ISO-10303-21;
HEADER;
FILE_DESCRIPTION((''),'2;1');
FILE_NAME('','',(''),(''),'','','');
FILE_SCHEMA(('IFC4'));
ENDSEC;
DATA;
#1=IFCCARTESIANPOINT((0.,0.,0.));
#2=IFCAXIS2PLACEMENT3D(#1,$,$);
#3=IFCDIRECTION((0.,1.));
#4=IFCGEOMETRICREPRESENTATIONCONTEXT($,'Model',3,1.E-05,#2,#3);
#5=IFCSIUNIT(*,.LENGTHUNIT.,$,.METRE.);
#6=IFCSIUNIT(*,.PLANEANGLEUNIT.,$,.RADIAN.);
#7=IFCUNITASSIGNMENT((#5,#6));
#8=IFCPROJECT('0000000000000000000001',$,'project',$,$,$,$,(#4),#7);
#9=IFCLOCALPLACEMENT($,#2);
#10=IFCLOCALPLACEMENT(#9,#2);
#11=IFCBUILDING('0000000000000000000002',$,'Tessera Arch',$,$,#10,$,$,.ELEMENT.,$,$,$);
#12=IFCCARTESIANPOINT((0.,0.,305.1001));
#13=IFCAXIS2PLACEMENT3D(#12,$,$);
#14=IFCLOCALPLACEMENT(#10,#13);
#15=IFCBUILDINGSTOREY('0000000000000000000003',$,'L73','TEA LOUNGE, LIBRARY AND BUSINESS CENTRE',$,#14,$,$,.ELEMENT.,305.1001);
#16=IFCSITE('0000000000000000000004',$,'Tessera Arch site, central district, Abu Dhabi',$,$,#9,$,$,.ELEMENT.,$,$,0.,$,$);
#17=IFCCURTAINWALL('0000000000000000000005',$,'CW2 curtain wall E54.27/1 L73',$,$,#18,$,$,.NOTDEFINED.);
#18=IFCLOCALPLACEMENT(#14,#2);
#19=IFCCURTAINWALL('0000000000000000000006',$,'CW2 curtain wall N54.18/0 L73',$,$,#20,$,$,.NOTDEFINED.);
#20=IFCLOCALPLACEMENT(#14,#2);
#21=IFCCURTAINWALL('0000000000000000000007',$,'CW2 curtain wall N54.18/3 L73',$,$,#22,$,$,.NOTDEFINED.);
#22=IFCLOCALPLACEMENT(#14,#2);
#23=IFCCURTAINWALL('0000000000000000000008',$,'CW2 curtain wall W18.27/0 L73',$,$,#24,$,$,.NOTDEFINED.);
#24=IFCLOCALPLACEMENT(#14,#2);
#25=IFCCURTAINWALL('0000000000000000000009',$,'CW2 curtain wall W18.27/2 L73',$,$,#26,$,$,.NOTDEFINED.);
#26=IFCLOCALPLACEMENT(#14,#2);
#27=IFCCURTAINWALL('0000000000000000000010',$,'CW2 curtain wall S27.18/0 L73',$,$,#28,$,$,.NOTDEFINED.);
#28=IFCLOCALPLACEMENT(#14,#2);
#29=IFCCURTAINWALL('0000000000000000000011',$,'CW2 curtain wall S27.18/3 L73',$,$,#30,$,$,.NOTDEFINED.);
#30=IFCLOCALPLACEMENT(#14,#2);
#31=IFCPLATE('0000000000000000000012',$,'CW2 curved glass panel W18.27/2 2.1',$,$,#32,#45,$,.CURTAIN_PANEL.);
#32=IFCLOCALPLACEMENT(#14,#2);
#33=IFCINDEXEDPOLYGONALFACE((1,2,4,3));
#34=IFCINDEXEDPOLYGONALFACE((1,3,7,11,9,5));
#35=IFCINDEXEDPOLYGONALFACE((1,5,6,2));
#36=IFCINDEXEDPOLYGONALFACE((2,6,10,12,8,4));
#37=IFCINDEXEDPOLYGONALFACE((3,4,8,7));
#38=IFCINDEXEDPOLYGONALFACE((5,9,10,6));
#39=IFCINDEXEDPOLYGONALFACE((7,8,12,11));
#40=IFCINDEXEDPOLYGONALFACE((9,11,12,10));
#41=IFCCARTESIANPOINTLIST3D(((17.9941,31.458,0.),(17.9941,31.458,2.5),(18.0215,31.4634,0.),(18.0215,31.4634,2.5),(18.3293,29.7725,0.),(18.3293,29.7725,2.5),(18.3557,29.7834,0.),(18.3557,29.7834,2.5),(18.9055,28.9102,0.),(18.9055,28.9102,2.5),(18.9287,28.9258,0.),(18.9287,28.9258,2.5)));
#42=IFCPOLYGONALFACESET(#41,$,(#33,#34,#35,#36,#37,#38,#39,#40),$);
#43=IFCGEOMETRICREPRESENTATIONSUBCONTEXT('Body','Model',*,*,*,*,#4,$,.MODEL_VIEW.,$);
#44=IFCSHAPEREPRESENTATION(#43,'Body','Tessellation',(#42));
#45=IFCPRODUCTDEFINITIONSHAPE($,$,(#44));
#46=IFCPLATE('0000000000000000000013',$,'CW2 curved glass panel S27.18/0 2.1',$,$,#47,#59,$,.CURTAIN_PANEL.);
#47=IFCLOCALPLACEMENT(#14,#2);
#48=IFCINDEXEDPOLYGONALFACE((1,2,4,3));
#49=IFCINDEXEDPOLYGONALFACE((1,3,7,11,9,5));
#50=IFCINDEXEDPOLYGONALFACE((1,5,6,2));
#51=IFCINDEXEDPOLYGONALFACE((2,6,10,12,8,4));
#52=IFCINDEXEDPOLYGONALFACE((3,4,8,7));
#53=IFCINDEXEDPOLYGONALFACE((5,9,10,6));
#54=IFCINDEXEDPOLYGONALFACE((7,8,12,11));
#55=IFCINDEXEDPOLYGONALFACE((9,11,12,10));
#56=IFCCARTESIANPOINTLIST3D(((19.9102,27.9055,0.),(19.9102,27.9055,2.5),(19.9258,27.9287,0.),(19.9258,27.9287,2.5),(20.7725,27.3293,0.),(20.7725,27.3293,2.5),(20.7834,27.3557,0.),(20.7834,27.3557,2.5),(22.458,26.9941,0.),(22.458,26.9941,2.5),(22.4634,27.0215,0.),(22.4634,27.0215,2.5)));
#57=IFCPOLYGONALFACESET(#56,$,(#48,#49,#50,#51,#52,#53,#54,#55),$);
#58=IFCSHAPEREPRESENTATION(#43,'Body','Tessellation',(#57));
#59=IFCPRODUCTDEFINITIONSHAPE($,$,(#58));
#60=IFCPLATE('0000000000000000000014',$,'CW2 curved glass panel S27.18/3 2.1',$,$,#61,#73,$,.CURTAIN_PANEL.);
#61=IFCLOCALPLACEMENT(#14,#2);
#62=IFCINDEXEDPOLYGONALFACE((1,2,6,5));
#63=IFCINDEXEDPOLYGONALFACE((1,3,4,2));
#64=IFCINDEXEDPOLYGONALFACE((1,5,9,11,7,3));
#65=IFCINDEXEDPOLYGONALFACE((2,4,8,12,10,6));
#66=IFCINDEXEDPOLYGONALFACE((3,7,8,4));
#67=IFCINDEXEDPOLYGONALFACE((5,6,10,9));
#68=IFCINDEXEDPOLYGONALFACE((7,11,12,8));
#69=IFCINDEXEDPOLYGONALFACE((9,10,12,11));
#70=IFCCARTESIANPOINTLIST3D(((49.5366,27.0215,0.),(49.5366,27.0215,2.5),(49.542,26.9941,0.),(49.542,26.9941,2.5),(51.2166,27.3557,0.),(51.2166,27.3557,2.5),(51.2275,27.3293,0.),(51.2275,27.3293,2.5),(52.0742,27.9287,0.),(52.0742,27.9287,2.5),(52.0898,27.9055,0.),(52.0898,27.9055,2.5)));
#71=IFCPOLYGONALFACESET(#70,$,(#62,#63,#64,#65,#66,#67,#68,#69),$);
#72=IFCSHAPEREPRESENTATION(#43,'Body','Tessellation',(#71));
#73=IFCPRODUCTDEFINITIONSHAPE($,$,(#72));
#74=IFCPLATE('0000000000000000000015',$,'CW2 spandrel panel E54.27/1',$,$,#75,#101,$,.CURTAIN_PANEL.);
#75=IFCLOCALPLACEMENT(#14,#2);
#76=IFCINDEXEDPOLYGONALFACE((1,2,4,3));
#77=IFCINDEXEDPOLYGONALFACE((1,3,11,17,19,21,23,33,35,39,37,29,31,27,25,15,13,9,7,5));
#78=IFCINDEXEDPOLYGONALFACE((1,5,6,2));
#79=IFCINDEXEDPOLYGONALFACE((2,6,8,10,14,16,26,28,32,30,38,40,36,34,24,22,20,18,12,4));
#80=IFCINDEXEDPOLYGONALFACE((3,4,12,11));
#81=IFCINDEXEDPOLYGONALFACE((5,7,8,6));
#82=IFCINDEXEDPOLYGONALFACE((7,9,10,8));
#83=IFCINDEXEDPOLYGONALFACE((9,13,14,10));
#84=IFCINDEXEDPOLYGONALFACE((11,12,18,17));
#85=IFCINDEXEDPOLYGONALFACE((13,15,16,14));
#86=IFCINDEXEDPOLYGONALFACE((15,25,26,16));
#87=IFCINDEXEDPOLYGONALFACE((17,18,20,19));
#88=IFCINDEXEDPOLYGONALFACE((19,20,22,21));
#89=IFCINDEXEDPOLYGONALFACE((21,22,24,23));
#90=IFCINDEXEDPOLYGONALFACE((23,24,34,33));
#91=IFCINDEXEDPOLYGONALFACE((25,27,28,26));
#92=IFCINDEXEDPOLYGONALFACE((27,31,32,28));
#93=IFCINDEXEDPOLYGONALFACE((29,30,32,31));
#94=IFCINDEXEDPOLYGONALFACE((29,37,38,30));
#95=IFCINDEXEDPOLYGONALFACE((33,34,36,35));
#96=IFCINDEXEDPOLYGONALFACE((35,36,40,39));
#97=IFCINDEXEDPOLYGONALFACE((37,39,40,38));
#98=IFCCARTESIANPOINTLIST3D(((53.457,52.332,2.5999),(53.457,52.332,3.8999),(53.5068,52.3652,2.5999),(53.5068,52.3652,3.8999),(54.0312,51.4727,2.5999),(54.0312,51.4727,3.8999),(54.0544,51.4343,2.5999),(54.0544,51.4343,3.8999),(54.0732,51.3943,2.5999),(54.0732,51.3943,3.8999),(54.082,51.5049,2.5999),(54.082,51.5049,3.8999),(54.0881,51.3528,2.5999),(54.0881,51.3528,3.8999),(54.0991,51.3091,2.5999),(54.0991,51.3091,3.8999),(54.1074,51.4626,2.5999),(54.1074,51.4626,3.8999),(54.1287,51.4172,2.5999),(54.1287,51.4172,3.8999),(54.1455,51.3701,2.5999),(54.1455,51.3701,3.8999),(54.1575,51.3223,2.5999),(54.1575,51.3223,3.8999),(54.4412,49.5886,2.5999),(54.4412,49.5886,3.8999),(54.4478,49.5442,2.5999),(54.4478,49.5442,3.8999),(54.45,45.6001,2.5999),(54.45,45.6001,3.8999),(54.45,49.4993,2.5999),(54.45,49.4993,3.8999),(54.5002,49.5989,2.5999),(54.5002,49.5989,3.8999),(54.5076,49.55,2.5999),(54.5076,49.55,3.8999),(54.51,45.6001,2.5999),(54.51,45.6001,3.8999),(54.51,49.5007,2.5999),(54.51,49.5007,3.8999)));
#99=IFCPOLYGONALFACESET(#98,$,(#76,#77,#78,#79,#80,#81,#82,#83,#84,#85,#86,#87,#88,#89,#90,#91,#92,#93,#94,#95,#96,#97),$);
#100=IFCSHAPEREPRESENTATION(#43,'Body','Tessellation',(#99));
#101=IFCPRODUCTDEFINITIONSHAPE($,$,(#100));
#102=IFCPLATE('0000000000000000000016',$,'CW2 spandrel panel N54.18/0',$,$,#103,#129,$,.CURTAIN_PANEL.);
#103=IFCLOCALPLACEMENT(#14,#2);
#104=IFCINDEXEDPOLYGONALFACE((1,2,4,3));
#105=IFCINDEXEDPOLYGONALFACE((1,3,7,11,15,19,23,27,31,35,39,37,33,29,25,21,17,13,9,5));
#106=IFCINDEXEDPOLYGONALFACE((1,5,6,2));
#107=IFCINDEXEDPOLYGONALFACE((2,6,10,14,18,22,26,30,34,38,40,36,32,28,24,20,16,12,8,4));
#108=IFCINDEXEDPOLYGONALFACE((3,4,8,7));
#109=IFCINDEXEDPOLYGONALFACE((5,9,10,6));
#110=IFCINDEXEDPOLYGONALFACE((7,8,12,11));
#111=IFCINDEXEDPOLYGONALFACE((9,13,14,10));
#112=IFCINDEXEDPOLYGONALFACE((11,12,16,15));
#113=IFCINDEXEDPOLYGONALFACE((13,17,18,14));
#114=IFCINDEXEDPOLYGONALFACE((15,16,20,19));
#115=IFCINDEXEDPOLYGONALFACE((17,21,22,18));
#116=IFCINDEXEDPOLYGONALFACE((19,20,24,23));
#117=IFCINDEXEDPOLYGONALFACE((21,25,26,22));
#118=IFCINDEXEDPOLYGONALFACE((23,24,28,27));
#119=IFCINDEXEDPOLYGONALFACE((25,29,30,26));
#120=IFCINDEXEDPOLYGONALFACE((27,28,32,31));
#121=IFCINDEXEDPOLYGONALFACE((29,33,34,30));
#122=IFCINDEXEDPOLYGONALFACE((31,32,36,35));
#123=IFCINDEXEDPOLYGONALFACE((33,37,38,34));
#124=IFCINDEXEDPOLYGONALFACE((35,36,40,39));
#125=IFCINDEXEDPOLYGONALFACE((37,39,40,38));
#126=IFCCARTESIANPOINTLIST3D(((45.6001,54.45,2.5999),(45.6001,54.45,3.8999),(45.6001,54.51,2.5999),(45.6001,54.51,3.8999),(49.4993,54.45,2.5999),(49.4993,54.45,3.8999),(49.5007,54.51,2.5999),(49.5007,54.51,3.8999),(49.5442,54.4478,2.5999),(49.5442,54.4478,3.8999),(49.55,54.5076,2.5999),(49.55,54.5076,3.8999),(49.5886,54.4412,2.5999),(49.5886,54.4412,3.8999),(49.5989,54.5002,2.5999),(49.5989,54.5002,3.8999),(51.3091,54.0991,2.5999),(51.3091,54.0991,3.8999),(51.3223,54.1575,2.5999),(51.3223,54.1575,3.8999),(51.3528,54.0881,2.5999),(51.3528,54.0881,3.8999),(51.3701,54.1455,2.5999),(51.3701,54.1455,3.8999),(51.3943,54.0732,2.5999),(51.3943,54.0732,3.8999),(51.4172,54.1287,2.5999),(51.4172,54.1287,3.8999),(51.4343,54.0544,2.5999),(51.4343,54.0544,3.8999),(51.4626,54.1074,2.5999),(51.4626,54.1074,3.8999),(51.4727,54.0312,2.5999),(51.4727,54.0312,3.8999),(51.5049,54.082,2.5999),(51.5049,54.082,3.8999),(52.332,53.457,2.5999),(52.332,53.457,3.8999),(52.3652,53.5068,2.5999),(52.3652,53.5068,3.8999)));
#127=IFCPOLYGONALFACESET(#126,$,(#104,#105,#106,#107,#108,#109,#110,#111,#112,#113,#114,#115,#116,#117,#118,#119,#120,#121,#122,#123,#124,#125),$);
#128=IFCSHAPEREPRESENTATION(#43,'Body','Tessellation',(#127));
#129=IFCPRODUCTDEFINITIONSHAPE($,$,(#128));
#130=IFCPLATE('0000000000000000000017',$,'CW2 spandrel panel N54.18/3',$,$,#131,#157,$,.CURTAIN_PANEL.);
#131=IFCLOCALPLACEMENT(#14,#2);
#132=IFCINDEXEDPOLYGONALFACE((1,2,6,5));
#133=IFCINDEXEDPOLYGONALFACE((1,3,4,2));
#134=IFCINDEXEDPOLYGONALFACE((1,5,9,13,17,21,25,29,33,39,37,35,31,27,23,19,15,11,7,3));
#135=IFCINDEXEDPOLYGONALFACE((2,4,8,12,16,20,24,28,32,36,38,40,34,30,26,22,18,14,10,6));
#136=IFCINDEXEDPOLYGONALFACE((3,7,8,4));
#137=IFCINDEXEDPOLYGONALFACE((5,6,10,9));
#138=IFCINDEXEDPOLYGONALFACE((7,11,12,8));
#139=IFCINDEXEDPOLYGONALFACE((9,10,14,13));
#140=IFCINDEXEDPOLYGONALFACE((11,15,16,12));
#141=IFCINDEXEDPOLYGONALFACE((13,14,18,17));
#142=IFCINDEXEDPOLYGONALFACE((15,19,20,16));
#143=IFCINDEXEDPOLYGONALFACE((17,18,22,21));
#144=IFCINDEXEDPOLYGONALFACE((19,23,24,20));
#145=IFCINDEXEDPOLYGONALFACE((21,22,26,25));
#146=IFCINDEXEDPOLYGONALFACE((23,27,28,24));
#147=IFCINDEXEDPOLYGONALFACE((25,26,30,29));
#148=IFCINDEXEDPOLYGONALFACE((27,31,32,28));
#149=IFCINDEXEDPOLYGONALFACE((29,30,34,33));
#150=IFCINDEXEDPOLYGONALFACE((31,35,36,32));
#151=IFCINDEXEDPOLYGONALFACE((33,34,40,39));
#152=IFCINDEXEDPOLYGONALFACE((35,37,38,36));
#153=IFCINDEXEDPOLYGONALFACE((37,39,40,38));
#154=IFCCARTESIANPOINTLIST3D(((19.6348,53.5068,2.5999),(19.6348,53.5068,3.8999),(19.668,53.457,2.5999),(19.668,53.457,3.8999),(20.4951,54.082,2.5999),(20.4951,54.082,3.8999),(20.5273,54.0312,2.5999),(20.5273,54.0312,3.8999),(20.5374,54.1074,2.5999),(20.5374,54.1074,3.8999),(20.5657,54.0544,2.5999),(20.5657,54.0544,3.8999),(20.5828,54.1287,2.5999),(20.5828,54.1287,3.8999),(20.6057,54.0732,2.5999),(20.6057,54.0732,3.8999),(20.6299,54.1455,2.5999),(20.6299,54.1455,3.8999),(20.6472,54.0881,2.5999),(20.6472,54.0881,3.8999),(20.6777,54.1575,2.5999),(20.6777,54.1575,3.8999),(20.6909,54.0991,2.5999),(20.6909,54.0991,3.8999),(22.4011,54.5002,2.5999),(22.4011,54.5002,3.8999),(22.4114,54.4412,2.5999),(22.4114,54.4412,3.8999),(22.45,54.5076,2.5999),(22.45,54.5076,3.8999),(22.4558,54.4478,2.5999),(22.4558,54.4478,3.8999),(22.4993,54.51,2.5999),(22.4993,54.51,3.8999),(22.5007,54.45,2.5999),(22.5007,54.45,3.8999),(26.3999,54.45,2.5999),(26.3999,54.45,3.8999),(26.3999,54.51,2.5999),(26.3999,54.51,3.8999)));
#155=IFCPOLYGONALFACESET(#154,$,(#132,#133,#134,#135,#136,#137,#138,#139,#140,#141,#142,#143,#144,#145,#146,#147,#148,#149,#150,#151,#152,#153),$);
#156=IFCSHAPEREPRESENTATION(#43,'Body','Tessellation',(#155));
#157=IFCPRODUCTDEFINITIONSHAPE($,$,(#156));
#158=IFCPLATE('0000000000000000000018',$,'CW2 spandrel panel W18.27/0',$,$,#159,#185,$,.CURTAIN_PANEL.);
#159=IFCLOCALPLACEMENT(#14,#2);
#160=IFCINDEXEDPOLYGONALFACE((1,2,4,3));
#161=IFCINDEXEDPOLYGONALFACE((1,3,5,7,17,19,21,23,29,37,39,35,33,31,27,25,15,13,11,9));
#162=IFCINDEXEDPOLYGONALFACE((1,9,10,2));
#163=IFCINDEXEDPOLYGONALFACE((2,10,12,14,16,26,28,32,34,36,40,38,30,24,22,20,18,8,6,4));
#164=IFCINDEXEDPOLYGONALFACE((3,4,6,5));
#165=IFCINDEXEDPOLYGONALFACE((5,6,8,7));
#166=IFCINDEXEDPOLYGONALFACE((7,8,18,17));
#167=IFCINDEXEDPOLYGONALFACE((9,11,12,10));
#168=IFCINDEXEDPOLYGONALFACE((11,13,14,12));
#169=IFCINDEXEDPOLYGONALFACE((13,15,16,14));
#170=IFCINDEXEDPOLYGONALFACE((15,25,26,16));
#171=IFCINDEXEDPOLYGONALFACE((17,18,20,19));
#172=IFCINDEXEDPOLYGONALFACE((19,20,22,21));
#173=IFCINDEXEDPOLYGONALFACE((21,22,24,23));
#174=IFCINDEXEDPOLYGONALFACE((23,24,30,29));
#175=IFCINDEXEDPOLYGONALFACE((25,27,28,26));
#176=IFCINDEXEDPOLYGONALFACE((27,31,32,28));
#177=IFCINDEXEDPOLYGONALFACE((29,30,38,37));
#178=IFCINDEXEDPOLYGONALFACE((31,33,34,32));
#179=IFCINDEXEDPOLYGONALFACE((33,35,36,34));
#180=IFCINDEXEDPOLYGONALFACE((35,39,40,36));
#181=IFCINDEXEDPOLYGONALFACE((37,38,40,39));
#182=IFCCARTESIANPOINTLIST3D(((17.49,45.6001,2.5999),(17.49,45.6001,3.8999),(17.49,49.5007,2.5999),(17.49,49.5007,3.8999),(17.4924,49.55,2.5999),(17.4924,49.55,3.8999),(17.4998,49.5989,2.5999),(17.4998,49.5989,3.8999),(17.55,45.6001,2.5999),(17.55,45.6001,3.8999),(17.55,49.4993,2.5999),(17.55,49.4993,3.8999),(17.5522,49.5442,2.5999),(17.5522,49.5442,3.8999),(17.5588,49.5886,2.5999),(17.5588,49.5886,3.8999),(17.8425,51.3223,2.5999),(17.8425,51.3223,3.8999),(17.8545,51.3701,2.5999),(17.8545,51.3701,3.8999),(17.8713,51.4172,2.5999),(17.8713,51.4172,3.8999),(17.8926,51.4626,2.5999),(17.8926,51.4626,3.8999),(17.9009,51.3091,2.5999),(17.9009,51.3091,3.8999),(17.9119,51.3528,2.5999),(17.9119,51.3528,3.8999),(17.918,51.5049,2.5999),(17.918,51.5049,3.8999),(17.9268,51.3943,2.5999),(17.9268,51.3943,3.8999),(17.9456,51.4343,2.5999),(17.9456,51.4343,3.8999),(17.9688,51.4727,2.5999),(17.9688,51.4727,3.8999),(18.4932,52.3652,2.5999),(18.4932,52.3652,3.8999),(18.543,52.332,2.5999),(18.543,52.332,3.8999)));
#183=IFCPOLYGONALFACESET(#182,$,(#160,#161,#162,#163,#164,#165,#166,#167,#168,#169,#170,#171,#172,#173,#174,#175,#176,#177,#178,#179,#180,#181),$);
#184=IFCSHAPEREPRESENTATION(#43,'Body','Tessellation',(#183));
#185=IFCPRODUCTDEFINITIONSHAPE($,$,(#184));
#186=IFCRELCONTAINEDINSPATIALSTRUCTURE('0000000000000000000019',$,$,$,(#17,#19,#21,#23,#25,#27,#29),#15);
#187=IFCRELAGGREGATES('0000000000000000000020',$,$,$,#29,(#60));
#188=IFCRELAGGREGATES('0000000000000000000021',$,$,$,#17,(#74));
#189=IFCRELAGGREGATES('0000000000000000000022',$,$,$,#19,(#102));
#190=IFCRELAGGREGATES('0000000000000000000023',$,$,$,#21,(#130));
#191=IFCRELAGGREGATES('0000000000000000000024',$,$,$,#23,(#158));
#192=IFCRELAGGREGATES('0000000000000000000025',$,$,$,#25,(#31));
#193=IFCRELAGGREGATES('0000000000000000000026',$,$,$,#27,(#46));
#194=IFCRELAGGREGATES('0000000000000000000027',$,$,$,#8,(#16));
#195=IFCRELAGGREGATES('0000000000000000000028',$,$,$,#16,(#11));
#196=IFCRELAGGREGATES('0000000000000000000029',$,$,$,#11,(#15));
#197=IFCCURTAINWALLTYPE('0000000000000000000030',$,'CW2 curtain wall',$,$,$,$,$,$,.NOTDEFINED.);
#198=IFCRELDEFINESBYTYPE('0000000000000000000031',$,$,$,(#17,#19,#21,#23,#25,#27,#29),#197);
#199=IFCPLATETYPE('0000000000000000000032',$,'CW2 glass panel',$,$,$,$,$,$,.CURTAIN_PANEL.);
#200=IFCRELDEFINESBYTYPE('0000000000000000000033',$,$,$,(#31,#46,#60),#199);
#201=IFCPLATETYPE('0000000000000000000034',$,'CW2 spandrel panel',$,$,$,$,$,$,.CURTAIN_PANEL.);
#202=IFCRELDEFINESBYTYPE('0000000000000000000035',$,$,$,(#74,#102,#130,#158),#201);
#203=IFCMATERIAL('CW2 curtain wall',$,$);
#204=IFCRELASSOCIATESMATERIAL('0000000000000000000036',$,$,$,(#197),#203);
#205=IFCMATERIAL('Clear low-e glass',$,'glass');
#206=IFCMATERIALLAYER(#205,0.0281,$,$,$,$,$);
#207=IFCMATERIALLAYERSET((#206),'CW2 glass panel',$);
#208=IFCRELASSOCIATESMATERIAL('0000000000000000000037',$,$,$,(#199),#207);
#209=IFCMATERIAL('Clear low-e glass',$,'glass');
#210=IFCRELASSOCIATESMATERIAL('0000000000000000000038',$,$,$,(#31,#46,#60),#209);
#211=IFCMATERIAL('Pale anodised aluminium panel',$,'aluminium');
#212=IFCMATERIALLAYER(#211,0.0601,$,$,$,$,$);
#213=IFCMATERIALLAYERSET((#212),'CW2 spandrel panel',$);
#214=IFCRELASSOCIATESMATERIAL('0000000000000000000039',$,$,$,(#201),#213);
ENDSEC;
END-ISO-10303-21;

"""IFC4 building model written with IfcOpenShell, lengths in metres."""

from ifc_helpers import new_model, si_unit, direction, frame, origin, place, context, subcontext, project, spatial, polyline, outline, extrude, material, layer, layer_set, type_object, element, aggregate, save


model = new_model("IFC4")

# Units and contexts
model_context = context("Model", 3, precision=1e-05, world=origin(), true_north=direction((0.0, 1.0)))
body_context = subcontext(model_context, "Body", "Model", "MODEL_VIEW")
ifc_project = project(units=[si_unit("LENGTHUNIT", "METRE"), si_unit("PLANEANGLEUNIT", "RADIAN")], contexts=[model_context])

# Site, building, storey
site_placement = place(None, origin())
site = spatial("IfcSite", under=ifc_project, at=site_placement, Name="Tessera Arch site, central district, Abu Dhabi", CompositionType="ELEMENT", RefElevation=0.0)
building_placement = place(site_placement, origin())
building = spatial("IfcBuilding", under=site, at=building_placement, Name="Tessera Arch", CompositionType="ELEMENT")
storey_placement = place(building_placement, frame((0.0, 0.0, 305.1001)))
storey = spatial("IfcBuildingStorey", under=building, at=storey_placement, Name="L73", Description="TEA LOUNGE, LIBRARY AND BUSINESS CENTRE", CompositionType="ELEMENT", Elevation=305.1001)

# Curtain walls
ifc_material_1 = material(Name="CW2 curtain wall")
curtain_wall_type = type_object("IfcCurtainWallType", Name="CW2 curtain wall", PredefinedType="NOTDEFINED", material=ifc_material_1)
curtain_wall_1_placement = place(storey_placement, origin())
curtain_wall_1 = element("IfcCurtainWall", 1, at=curtain_wall_1_placement, inside=storey, type_object=curtain_wall_type, Name="CW2 curtain wall E54.27/1 L73", PredefinedType="NOTDEFINED")
curtain_wall_2_placement = place(storey_placement, origin())
curtain_wall_2 = element("IfcCurtainWall", 2, at=curtain_wall_2_placement, inside=storey, type_object=curtain_wall_type, Name="CW2 curtain wall N54.18/0 L73", PredefinedType="NOTDEFINED")
curtain_wall_3_placement = place(storey_placement, origin())
curtain_wall_3 = element("IfcCurtainWall", 3, at=curtain_wall_3_placement, inside=storey, type_object=curtain_wall_type, Name="CW2 curtain wall N54.18/3 L73", PredefinedType="NOTDEFINED")
curtain_wall_4_placement = place(storey_placement, origin())
curtain_wall_4 = element("IfcCurtainWall", 4, at=curtain_wall_4_placement, inside=storey, type_object=curtain_wall_type, Name="CW2 curtain wall W18.27/0 L73", PredefinedType="NOTDEFINED")
curtain_wall_5_placement = place(storey_placement, origin())
curtain_wall_5 = element("IfcCurtainWall", 5, at=curtain_wall_5_placement, inside=storey, type_object=curtain_wall_type, Name="CW2 curtain wall W18.27/2 L73", PredefinedType="NOTDEFINED")
curtain_wall_6_placement = place(storey_placement, origin())
curtain_wall_6 = element("IfcCurtainWall", 6, at=curtain_wall_6_placement, inside=storey, type_object=curtain_wall_type, Name="CW2 curtain wall S27.18/0 L73", PredefinedType="NOTDEFINED")
curtain_wall_7_placement = place(storey_placement, origin())
curtain_wall_7 = element("IfcCurtainWall", 7, at=curtain_wall_7_placement, inside=storey, type_object=curtain_wall_type, Name="CW2 curtain wall S27.18/3 L73", PredefinedType="NOTDEFINED")

# Plates
ifc_material_2 = material(Name="Clear low-e glass", Category="glass")
ifc_material_3 = material(Name="Clear low-e glass", Category="glass")
ifc_layer_1 = layer(ifc_material_3, 0.0281)
ifc_layer_set_1 = layer_set([ifc_layer_1], Name="CW2 glass panel")
plate_type_1 = type_object("IfcPlateType", Name="CW2 glass panel", PredefinedType="CURTAIN_PANEL", material=ifc_layer_set_1)
plate_1_placement = place(storey_placement, origin())
plate_1 = element("IfcPlate", 8, at=plate_1_placement, type_object=plate_type_1, material=ifc_material_2, Name="CW2 curved glass panel W18.27/2 2.1", PredefinedType="CURTAIN_PANEL", context=body_context, shape_type="SweptSolid", body=[
    extrude(outline(polyline([(18.3557, 29.7834), (18.0215, 31.4634), (17.9941, 31.458), (18.3293, 29.7725), (18.9055, 28.9102), (18.9287, 28.9258), (18.3557, 29.7834)])), origin(), (0.0, 0.0, 1.0), 2.5),
])
plate_2_placement = place(storey_placement, origin())
plate_2 = element("IfcPlate", 9, at=plate_2_placement, type_object=plate_type_1, material=ifc_material_2, Name="CW2 curved glass panel S27.18/0 2.1", PredefinedType="CURTAIN_PANEL", context=body_context, shape_type="SweptSolid", body=[
    extrude(outline(polyline([(20.7834, 27.3557), (19.9258, 27.9287), (19.9102, 27.9055), (20.7725, 27.3293), (22.458, 26.9941), (22.4634, 27.0215), (20.7834, 27.3557)])), origin(), (0.0, 0.0, 1.0), 2.5),
])
plate_3_placement = place(storey_placement, origin())
plate_3 = element("IfcPlate", 10, at=plate_3_placement, type_object=plate_type_1, material=ifc_material_2, Name="CW2 curved glass panel S27.18/3 2.1", PredefinedType="CURTAIN_PANEL", context=body_context, shape_type="SweptSolid", body=[
    extrude(outline(polyline([(51.2166, 27.3557), (49.5366, 27.0215), (49.542, 26.9941), (51.2275, 27.3293), (52.0898, 27.9055), (52.0742, 27.9287), (51.2166, 27.3557)])), origin(), (0.0, 0.0, 1.0), 2.5),
])
aggregate(curtain_wall_7, [plate_3])
ifc_material_4 = material(Name="Pale anodised aluminium panel", Category="aluminium")
ifc_layer_2 = layer(ifc_material_4, 0.0601)
ifc_layer_set_2 = layer_set([ifc_layer_2], Name="CW2 spandrel panel")
plate_type_2 = type_object("IfcPlateType", Name="CW2 spandrel panel", PredefinedType="CURTAIN_PANEL", material=ifc_layer_set_2)
plate_4_placement = place(storey_placement, frame((0.0, 0.0, 2.5999)))
plate_4 = element("IfcPlate", 11, at=plate_4_placement, type_object=plate_type_2, Name="CW2 spandrel panel E54.27/1", PredefinedType="CURTAIN_PANEL", context=body_context, shape_type="SweptSolid", body=[
    extrude(outline(polyline([(54.45, 49.4993), (54.45, 45.6001), (54.51, 45.6001), (54.51, 49.5007), (54.5076, 49.55), (54.5002, 49.5989), (54.1575, 51.3223), (54.1455, 51.3701), (54.1287, 51.4172), (54.1074, 51.4626), (54.082, 51.5049), (53.5068, 52.3652), (53.457, 52.332), (54.0312, 51.4727), (54.0544, 51.4343), (54.0732, 51.3943), (54.0881, 51.3528), (54.0991, 51.3091), (54.4412, 49.5886), (54.4478, 49.5442), (54.45, 49.4993)])), origin(), (0.0, 0.0, 1.0), 1.3),
])
aggregate(curtain_wall_1, [plate_4])
plate_5_placement = place(storey_placement, frame((0.0, 0.0, 2.5999)))
plate_5 = element("IfcPlate", 12, at=plate_5_placement, type_object=plate_type_2, Name="CW2 spandrel panel N54.18/0", PredefinedType="CURTAIN_PANEL", context=body_context, shape_type="SweptSolid", body=[
    extrude(outline(polyline([(51.4727, 54.0312), (52.332, 53.457), (52.3652, 53.5068), (51.5049, 54.082), (51.4626, 54.1074), (51.4172, 54.1287), (51.3701, 54.1455), (51.3223, 54.1575), (49.5989, 54.5002), (49.55, 54.5076), (49.5007, 54.51), (45.6001, 54.51), (45.6001, 54.45), (49.4993, 54.45), (49.5442, 54.4478), (49.5886, 54.4412), (51.3091, 54.0991), (51.3528, 54.0881), (51.3943, 54.0732), (51.4343, 54.0544), (51.4727, 54.0312)])), origin(), (0.0, 0.0, 1.0), 1.3),
])
aggregate(curtain_wall_2, [plate_5])
plate_6_placement = place(storey_placement, frame((0.0, 0.0, 2.5999)))
plate_6 = element("IfcPlate", 13, at=plate_6_placement, type_object=plate_type_2, Name="CW2 spandrel panel N54.18/3", PredefinedType="CURTAIN_PANEL", context=body_context, shape_type="SweptSolid", body=[
    extrude(outline(polyline([(22.5007, 54.45), (26.3999, 54.45), (26.3999, 54.51), (22.4993, 54.51), (22.45, 54.5076), (22.4011, 54.5002), (20.6777, 54.1575), (20.6299, 54.1455), (20.5828, 54.1287), (20.5374, 54.1074), (20.4951, 54.082), (19.6348, 53.5068), (19.668, 53.457), (20.5273, 54.0312), (20.5657, 54.0544), (20.6057, 54.0732), (20.6472, 54.0881), (20.6909, 54.0991), (22.4114, 54.4412), (22.4558, 54.4478), (22.5007, 54.45)])), origin(), (0.0, 0.0, 1.0), 1.3),
])
aggregate(curtain_wall_3, [plate_6])
plate_7_placement = place(storey_placement, frame((0.0, 0.0, 2.5999)))
plate_7 = element("IfcPlate", 14, at=plate_7_placement, type_object=plate_type_2, Name="CW2 spandrel panel W18.27/0", PredefinedType="CURTAIN_PANEL", context=body_context, shape_type="SweptSolid", body=[
    extrude(outline(polyline([(17.9688, 51.4727), (18.543, 52.332), (18.4932, 52.3652), (17.918, 51.5049), (17.8926, 51.4626), (17.8713, 51.4172), (17.8545, 51.3701), (17.8425, 51.3223), (17.4998, 49.5989), (17.4924, 49.55), (17.49, 49.5007), (17.49, 45.6001), (17.55, 45.6001), (17.55, 49.4993), (17.5522, 49.5442), (17.5588, 49.5886), (17.9009, 51.3091), (17.9119, 51.3528), (17.9268, 51.3943), (17.9456, 51.4343), (17.9688, 51.4727)])), origin(), (0.0, 0.0, 1.0), 1.3),
])
aggregate(curtain_wall_4, [plate_7])
aggregate(curtain_wall_5, [plate_1])
aggregate(curtain_wall_6, [plate_2])

save(model, "model.ifc")
